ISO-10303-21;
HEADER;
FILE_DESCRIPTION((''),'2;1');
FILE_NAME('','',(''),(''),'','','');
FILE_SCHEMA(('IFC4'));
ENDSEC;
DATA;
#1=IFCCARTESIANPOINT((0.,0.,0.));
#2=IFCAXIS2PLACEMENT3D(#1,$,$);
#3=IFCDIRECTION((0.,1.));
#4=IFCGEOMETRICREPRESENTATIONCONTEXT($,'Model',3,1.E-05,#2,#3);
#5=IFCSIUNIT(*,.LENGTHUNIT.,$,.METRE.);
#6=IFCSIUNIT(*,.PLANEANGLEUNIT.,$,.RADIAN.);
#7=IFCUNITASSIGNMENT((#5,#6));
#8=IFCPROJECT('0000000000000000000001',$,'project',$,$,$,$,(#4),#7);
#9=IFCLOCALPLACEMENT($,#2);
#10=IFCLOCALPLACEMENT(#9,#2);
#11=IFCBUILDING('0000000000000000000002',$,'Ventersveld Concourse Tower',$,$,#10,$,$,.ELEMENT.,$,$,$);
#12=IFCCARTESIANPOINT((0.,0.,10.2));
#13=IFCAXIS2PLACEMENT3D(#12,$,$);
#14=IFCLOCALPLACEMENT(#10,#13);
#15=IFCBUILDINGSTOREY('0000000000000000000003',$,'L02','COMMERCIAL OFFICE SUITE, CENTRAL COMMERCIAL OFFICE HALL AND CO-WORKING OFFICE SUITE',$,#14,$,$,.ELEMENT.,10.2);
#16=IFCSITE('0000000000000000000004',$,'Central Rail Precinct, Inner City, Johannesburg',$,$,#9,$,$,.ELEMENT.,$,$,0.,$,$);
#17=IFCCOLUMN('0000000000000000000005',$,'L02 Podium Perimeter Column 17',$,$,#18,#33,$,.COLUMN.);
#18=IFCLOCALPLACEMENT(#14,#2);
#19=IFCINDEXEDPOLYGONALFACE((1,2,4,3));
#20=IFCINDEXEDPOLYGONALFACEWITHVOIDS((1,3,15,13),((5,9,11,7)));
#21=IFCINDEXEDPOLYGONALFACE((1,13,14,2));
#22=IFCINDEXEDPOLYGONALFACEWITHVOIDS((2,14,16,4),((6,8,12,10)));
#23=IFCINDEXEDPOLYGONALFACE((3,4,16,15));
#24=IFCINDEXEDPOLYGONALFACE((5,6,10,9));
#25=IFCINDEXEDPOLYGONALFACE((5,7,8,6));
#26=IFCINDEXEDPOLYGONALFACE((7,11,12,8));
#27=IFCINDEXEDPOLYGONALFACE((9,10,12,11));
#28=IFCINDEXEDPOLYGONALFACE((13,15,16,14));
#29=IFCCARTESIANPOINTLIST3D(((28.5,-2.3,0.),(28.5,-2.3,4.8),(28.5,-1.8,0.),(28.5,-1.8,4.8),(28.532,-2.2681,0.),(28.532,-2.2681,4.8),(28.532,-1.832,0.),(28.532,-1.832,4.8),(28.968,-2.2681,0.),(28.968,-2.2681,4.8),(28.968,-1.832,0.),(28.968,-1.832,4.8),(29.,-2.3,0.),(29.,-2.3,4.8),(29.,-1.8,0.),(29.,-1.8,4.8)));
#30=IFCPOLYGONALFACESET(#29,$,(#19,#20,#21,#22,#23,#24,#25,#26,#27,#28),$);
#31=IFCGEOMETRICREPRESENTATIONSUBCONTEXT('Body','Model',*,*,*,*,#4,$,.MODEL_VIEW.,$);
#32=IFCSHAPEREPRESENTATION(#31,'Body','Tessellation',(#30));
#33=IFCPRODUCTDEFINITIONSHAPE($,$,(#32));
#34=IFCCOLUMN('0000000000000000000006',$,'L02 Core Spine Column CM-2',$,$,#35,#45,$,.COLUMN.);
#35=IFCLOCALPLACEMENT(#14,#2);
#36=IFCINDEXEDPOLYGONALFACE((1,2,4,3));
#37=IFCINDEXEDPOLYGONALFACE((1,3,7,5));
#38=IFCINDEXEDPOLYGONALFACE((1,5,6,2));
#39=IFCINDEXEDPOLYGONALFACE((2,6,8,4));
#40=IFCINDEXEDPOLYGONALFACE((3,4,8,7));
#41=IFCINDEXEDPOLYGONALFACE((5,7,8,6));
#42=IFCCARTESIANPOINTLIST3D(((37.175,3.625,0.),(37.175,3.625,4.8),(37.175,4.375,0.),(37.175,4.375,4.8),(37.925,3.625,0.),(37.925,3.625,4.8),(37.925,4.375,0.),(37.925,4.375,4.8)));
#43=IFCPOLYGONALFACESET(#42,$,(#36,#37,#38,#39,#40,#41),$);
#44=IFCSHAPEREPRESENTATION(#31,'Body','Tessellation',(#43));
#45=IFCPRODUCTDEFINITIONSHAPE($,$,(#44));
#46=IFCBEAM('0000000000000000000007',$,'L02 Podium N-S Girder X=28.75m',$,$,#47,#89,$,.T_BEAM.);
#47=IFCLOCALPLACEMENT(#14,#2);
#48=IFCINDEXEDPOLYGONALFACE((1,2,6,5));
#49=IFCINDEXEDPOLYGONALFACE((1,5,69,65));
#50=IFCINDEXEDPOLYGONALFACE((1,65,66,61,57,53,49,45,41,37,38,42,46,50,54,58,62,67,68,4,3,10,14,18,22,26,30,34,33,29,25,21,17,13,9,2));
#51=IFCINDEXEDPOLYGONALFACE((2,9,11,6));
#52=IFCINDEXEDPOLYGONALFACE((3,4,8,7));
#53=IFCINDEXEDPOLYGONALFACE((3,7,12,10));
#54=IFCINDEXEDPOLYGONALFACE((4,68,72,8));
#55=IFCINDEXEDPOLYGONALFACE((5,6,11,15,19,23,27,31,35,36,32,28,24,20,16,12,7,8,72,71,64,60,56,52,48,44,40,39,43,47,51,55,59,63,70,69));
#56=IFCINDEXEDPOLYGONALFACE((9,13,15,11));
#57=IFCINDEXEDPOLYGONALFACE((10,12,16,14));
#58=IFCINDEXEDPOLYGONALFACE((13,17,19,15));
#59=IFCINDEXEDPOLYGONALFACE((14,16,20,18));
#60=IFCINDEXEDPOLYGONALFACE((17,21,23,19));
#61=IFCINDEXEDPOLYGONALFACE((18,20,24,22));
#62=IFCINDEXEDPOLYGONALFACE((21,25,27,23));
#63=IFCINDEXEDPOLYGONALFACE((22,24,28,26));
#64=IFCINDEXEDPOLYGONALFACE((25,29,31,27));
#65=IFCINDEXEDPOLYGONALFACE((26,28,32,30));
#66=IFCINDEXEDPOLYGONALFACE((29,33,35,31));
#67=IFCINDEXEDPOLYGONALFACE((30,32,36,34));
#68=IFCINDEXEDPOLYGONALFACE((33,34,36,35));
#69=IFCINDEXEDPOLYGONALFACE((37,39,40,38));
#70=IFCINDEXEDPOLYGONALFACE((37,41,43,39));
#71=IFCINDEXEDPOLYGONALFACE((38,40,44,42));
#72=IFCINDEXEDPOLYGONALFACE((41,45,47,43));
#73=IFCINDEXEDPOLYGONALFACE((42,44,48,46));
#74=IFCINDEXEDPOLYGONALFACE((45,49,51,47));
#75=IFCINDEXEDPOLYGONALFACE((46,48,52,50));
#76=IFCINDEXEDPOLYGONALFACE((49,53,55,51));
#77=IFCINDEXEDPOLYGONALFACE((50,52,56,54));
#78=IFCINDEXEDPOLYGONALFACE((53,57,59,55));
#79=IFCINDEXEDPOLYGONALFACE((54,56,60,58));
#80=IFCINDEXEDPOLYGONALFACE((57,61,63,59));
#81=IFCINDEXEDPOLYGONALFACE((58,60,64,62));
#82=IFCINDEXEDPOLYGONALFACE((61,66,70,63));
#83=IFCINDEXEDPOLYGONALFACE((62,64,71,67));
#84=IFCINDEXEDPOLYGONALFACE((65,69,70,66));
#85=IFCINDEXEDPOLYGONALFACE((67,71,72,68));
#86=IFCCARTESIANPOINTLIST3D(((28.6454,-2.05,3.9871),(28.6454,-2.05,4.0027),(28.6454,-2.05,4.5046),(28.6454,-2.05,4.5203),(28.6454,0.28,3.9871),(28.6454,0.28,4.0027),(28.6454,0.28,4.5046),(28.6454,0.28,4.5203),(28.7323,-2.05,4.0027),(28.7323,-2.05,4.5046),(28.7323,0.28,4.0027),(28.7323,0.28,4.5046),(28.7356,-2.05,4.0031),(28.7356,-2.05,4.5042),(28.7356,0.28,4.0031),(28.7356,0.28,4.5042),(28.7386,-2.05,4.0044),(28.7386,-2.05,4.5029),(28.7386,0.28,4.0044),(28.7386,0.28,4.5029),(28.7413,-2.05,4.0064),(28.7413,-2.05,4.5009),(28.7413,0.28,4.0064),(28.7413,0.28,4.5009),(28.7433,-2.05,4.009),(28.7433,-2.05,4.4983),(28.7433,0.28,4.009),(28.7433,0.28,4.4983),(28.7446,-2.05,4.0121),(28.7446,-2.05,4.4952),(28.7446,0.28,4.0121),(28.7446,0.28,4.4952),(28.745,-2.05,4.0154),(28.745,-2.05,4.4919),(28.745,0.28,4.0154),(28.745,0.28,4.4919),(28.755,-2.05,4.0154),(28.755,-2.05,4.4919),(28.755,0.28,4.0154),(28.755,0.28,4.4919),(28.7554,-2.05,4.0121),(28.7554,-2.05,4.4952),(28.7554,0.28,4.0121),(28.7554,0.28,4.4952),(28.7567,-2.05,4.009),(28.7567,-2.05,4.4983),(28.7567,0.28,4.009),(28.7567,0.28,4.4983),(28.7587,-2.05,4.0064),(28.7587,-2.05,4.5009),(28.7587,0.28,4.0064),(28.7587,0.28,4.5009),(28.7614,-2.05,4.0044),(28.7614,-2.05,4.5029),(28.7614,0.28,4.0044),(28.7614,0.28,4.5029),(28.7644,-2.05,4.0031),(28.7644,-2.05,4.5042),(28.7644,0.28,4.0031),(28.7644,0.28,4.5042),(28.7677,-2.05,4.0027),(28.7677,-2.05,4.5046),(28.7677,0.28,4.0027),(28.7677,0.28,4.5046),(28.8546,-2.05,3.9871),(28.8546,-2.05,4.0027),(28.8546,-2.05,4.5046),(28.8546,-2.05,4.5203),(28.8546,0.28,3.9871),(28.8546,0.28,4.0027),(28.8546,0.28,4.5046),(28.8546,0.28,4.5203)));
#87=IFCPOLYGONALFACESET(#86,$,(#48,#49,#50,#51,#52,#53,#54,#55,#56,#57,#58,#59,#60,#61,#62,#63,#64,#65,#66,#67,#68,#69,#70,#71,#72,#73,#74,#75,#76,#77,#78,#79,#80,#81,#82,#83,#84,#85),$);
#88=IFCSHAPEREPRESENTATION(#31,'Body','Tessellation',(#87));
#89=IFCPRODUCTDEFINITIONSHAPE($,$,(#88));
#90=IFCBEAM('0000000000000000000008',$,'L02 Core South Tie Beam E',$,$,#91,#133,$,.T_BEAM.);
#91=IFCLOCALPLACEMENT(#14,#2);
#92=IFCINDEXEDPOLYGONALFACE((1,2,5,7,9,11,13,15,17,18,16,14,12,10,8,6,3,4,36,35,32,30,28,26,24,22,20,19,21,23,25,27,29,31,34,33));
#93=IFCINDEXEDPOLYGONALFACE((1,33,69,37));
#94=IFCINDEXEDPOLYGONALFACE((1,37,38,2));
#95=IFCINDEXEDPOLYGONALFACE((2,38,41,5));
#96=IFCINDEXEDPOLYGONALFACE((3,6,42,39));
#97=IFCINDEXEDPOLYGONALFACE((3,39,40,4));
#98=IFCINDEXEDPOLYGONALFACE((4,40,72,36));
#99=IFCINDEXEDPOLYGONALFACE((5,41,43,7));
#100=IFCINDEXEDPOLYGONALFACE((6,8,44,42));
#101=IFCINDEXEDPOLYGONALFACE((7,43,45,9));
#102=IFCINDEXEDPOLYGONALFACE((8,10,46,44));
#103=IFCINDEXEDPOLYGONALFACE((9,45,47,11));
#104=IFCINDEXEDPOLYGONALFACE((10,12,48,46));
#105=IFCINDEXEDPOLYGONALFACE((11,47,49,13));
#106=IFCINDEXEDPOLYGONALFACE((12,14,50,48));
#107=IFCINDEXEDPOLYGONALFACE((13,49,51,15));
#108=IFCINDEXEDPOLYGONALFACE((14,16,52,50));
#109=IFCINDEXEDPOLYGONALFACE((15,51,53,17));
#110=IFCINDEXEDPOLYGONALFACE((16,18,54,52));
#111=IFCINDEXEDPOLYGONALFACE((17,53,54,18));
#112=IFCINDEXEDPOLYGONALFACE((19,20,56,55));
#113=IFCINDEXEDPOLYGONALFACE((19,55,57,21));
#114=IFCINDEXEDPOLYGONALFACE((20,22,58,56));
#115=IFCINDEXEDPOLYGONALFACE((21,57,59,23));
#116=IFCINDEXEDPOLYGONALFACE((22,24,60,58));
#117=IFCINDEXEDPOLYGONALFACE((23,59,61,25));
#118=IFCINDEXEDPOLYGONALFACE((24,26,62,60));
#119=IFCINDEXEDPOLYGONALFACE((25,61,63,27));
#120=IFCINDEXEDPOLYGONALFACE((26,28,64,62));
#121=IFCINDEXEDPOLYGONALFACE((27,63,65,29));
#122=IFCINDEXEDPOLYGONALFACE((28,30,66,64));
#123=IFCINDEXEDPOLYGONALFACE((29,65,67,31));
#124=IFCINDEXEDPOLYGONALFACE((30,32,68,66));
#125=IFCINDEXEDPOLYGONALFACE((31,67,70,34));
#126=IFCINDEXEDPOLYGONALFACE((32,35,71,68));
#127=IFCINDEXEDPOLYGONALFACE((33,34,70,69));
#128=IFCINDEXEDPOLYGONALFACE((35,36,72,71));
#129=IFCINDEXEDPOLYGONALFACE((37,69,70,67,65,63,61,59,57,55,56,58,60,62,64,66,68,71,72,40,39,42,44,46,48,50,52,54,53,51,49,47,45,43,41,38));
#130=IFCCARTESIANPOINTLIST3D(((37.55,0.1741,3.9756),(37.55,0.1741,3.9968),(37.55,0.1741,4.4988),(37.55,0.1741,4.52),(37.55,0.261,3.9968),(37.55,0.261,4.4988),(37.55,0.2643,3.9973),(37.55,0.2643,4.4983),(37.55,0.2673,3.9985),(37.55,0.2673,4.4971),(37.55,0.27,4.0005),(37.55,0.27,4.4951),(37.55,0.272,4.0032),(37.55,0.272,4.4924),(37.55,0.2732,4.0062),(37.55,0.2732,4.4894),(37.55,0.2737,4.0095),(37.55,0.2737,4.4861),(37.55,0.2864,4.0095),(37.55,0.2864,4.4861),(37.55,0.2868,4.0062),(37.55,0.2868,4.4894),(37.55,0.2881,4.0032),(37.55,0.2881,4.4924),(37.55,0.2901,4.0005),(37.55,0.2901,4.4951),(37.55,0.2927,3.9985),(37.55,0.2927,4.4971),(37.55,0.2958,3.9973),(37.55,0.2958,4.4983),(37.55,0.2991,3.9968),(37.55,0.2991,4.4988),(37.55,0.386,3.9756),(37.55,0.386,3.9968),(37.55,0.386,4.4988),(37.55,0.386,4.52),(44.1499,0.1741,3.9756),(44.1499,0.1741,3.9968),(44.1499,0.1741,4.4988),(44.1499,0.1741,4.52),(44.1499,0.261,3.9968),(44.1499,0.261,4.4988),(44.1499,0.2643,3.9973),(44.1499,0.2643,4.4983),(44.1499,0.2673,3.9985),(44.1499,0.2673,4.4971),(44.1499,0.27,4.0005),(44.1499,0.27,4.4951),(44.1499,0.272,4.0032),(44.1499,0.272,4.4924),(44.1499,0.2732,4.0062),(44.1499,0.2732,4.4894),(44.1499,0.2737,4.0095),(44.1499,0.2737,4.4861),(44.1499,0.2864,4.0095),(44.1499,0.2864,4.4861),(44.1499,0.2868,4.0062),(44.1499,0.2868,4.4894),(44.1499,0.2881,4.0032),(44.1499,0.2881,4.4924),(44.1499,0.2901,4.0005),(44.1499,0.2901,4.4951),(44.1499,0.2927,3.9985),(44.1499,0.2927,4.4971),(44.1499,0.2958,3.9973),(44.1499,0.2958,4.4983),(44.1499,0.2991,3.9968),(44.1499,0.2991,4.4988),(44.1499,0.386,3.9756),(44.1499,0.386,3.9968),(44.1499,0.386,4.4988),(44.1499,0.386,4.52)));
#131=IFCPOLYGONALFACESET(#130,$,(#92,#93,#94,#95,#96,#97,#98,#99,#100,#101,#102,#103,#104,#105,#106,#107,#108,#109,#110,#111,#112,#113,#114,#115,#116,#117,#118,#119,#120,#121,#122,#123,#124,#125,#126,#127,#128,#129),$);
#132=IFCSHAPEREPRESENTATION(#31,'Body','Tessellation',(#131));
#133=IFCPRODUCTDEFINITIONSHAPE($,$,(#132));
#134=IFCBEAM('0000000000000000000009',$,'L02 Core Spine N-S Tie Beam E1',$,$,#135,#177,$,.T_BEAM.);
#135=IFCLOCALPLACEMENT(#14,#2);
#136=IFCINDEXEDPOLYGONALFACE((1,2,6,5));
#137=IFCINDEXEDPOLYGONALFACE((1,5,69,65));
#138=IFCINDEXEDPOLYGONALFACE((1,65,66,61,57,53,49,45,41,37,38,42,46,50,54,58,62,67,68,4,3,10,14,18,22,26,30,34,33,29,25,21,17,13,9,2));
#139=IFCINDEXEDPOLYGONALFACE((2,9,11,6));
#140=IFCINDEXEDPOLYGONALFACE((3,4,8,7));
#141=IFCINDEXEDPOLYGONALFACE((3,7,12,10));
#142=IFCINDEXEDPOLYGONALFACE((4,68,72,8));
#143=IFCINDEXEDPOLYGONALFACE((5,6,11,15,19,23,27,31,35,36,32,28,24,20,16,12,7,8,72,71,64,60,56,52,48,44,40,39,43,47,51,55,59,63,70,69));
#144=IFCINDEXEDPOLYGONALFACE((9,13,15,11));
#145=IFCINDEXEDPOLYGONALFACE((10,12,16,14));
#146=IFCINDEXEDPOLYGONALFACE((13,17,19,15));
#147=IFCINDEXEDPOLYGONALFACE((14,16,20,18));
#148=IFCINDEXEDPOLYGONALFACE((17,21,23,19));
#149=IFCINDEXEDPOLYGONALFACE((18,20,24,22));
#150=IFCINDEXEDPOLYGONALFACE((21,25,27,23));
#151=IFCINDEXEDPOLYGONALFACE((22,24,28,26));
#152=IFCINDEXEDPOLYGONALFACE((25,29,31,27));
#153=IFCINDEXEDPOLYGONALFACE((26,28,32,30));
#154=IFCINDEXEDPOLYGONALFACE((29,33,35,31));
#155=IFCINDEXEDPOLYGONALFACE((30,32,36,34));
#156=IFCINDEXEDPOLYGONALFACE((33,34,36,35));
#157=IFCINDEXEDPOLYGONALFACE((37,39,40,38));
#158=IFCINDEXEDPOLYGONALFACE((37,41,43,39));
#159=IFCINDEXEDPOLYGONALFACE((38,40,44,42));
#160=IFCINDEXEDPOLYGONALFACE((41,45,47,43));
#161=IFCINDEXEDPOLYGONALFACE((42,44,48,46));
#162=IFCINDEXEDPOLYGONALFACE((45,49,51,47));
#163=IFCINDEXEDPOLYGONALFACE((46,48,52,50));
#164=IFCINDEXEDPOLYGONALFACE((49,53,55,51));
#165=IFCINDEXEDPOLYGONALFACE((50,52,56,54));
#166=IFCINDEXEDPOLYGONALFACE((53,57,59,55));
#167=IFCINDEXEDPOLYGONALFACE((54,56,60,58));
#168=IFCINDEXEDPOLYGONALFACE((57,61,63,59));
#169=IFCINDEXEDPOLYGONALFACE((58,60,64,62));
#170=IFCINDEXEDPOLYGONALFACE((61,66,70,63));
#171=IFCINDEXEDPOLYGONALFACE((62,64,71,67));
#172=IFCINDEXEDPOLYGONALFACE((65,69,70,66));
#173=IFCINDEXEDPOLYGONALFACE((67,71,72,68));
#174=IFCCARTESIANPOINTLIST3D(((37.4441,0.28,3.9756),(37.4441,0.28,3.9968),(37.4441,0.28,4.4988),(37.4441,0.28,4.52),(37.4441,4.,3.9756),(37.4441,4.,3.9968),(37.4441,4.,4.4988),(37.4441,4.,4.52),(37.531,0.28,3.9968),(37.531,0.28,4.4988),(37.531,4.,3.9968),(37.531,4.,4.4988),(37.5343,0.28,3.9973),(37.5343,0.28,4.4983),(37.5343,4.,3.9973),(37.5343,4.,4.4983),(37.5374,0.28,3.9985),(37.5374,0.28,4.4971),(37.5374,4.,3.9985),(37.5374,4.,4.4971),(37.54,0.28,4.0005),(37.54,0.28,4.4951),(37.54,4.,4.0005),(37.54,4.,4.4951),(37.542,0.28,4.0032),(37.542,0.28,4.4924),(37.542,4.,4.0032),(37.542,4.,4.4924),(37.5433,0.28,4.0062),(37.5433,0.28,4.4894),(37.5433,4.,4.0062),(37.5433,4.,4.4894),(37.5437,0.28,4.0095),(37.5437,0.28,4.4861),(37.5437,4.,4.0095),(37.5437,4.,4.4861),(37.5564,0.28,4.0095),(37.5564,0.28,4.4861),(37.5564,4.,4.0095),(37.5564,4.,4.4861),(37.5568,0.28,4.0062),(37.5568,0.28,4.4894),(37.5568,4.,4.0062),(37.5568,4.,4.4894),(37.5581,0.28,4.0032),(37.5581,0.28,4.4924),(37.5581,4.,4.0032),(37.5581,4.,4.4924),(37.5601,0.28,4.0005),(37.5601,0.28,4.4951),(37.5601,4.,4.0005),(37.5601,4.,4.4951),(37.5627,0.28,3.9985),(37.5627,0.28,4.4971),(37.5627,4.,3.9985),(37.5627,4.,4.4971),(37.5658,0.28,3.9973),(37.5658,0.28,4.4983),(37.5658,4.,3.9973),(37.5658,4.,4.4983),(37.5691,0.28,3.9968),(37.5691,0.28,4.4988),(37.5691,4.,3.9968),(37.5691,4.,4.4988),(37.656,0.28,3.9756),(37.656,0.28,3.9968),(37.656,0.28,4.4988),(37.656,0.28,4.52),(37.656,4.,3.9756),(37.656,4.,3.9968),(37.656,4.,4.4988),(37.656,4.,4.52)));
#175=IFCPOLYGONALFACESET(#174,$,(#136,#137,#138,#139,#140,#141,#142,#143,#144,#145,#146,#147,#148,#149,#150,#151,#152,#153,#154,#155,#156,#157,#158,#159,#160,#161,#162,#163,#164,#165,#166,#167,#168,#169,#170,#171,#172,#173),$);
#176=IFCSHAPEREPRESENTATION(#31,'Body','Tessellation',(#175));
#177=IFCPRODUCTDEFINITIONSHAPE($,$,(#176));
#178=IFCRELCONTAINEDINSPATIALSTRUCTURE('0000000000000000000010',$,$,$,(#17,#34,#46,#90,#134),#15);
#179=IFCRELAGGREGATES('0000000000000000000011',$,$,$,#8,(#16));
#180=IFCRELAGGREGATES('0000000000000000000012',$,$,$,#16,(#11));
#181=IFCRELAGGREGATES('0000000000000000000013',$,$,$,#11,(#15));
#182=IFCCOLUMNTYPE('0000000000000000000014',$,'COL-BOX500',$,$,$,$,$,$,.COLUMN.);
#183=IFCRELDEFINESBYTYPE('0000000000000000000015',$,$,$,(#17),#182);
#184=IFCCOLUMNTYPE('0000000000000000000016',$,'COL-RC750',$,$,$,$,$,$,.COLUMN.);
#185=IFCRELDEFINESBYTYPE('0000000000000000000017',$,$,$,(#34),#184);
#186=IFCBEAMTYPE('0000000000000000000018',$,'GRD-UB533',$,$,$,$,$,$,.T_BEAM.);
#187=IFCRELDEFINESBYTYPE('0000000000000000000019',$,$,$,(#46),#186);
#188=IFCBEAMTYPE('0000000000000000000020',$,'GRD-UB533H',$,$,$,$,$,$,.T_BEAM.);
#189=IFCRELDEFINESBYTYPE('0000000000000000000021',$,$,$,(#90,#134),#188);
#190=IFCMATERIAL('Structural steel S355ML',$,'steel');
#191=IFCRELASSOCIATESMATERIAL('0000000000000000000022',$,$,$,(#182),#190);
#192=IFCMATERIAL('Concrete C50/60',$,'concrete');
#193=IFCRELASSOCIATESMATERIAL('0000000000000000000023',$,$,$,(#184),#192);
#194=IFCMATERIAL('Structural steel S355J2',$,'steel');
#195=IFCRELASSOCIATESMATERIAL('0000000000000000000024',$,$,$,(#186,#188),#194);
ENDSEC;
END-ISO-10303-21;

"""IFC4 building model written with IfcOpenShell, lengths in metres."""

from ifc_helpers import new_model, si_unit, direction, frame, origin, origin_2d, place, context, subcontext, project, spatial, rectangle, hollow_rectangle, i_section, extrude, material, material_profile, profile_set, type_object, element, save


model = new_model("IFC4")

# Units and contexts
model_context = context("Model", 3, precision=1e-05, world=origin(), true_north=direction((0.0, 1.0)))
body_context = subcontext(model_context, "Body", "Model", "MODEL_VIEW")
ifc_project = project(units=[si_unit("LENGTHUNIT", "METRE"), si_unit("PLANEANGLEUNIT", "RADIAN")], contexts=[model_context])

# Site, building, storey
site_placement = place(None, origin())
site = spatial("IfcSite", under=ifc_project, at=site_placement, Name="Central Rail Precinct, Inner City, Johannesburg", CompositionType="ELEMENT", RefElevation=0.0)
building_placement = place(site_placement, origin())
building = spatial("IfcBuilding", under=site, at=building_placement, Name="Ventersveld Concourse Tower", CompositionType="ELEMENT")
storey_placement = place(building_placement, frame((0.0, 0.0, 10.2)))
storey = spatial("IfcBuildingStorey", under=building, at=storey_placement, Name="L02", Description="COMMERCIAL OFFICE SUITE, CENTRAL COMMERCIAL OFFICE HALL AND CO-WORKING OFFICE SUITE", CompositionType="ELEMENT", Elevation=10.2)

# Columns
ifc_material_1 = material(Name="Structural steel S355ML", Category="steel")
ifc_material_profile_1 = material_profile(ifc_material_1, hollow_rectangle(XDim=0.5, YDim=0.5, WallThickness=0.032, at=origin_2d()), Name="BOX 500x500x32")
ifc_profile_set_1 = profile_set([ifc_material_profile_1], Name="Structural steel S355ML")
column_type_1 = type_object("IfcColumnType", Name="COL-BOX500", PredefinedType="COLUMN", material=ifc_profile_set_1)
column_1_placement = place(storey_placement, frame((28.75, -2.05, 0.0), z_axis=(0.0, 0.0, 1.0), x_axis=(1.0, 0.0, 0.0)))
element("IfcColumn", 1, at=column_1_placement, inside=storey, type_object=column_type_1, Name="L02 Podium Perimeter Column 17", PredefinedType="COLUMN", context=body_context, shape_type="SweptSolid", body=[
    extrude(hollow_rectangle(XDim=0.5, YDim=0.5, WallThickness=0.032, at=origin_2d()), origin(), (0.0, 0.0, 1.0), 4.8),
])
ifc_material_2 = material(Name="Concrete C50/60", Category="concrete")
ifc_material_profile_2 = material_profile(ifc_material_2, rectangle(XDim=0.75, YDim=0.75, at=origin_2d()), Name="RC 750x750")
ifc_profile_set_2 = profile_set([ifc_material_profile_2], Name="Concrete C50/60")
column_type_2 = type_object("IfcColumnType", Name="COL-RC750", PredefinedType="COLUMN", material=ifc_profile_set_2)
column_2_placement = place(storey_placement, frame((37.55, 4.0, 0.0), z_axis=(0.0, 0.0, 1.0), x_axis=(1.0, 0.0, 0.0)))
element("IfcColumn", 2, at=column_2_placement, inside=storey, type_object=column_type_2, Name="L02 Core Spine Column CM-2", PredefinedType="COLUMN", context=body_context, shape_type="SweptSolid", body=[
    extrude(rectangle(XDim=0.75, YDim=0.75, at=origin_2d()), origin(), (0.0, 0.0, 1.0), 4.8),
])

# Beams
ifc_material_3 = material(Name="Structural steel S355J2", Category="steel")
ifc_material_profile_3 = material_profile(ifc_material_3, i_section(OverallWidth=0.2092, OverallDepth=0.5332, WebThickness=0.01, FlangeThickness=0.0156, FilletRadius=0.0127, at=origin_2d()), Name="UB 533x210x92")
ifc_profile_set_3 = profile_set([ifc_material_profile_3], Name="Structural steel S355J2")
beam_type_1 = type_object("IfcBeamType", Name="GRD-UB533", PredefinedType="T_BEAM", material=ifc_profile_set_3)
beam_1_placement = place(storey_placement, frame((28.75, -2.05, 4.2537), z_axis=(0.0, 1.0, 0.0), x_axis=(-1.0, 0.0, 0.0)))
element("IfcBeam", 3, at=beam_1_placement, inside=storey, type_object=beam_type_1, Name="L02 Podium N-S Girder X=28.75m", PredefinedType="T_BEAM", context=body_context, shape_type="SweptSolid", body=[
    extrude(i_section(OverallWidth=0.2092, OverallDepth=0.5332, WebThickness=0.01, FlangeThickness=0.0156, FilletRadius=0.0127, at=origin_2d()), origin(), (0.0, 0.0, 1.0), 2.3301),
])
ifc_material_profile_4 = material_profile(ifc_material_3, i_section(OverallWidth=0.2119, OverallDepth=0.5444, WebThickness=0.0127, FlangeThickness=0.0212, FilletRadius=0.0127, at=origin_2d()), Name="UB 533x210x122")
ifc_profile_set_4 = profile_set([ifc_material_profile_4], Name="Structural steel S355J2")
beam_type_2 = type_object("IfcBeamType", Name="GRD-UB533H", PredefinedType="T_BEAM", material=ifc_profile_set_4)
beam_2_placement = place(storey_placement, frame((37.55, 0.28, 4.2478), z_axis=(1.0, 0.0, 0.0), x_axis=(0.0, 1.0, 0.0)))
element("IfcBeam", 4, at=beam_2_placement, inside=storey, type_object=beam_type_2, Name="L02 Core South Tie Beam E", PredefinedType="T_BEAM", context=body_context, shape_type="SweptSolid", body=[
    extrude(i_section(OverallWidth=0.2119, OverallDepth=0.5444, WebThickness=0.0127, FlangeThickness=0.0212, FilletRadius=0.0127, at=origin_2d()), origin(), (0.0, 0.0, 1.0), 6.5999),
])
beam_3_placement = place(storey_placement, frame((37.55, 0.28, 4.2478), z_axis=(0.0, 1.0, 0.0), x_axis=(-1.0, 0.0, 0.0)))
element("IfcBeam", 5, at=beam_3_placement, inside=storey, type_object=beam_type_2, Name="L02 Core Spine N-S Tie Beam E1", PredefinedType="T_BEAM", context=body_context, shape_type="SweptSolid", body=[
    extrude(i_section(OverallWidth=0.2119, OverallDepth=0.5444, WebThickness=0.0127, FlangeThickness=0.0212, FilletRadius=0.0127, at=origin_2d()), origin(), (0.0, 0.0, 1.0), 3.72),
])

save(model, "model.ifc")
